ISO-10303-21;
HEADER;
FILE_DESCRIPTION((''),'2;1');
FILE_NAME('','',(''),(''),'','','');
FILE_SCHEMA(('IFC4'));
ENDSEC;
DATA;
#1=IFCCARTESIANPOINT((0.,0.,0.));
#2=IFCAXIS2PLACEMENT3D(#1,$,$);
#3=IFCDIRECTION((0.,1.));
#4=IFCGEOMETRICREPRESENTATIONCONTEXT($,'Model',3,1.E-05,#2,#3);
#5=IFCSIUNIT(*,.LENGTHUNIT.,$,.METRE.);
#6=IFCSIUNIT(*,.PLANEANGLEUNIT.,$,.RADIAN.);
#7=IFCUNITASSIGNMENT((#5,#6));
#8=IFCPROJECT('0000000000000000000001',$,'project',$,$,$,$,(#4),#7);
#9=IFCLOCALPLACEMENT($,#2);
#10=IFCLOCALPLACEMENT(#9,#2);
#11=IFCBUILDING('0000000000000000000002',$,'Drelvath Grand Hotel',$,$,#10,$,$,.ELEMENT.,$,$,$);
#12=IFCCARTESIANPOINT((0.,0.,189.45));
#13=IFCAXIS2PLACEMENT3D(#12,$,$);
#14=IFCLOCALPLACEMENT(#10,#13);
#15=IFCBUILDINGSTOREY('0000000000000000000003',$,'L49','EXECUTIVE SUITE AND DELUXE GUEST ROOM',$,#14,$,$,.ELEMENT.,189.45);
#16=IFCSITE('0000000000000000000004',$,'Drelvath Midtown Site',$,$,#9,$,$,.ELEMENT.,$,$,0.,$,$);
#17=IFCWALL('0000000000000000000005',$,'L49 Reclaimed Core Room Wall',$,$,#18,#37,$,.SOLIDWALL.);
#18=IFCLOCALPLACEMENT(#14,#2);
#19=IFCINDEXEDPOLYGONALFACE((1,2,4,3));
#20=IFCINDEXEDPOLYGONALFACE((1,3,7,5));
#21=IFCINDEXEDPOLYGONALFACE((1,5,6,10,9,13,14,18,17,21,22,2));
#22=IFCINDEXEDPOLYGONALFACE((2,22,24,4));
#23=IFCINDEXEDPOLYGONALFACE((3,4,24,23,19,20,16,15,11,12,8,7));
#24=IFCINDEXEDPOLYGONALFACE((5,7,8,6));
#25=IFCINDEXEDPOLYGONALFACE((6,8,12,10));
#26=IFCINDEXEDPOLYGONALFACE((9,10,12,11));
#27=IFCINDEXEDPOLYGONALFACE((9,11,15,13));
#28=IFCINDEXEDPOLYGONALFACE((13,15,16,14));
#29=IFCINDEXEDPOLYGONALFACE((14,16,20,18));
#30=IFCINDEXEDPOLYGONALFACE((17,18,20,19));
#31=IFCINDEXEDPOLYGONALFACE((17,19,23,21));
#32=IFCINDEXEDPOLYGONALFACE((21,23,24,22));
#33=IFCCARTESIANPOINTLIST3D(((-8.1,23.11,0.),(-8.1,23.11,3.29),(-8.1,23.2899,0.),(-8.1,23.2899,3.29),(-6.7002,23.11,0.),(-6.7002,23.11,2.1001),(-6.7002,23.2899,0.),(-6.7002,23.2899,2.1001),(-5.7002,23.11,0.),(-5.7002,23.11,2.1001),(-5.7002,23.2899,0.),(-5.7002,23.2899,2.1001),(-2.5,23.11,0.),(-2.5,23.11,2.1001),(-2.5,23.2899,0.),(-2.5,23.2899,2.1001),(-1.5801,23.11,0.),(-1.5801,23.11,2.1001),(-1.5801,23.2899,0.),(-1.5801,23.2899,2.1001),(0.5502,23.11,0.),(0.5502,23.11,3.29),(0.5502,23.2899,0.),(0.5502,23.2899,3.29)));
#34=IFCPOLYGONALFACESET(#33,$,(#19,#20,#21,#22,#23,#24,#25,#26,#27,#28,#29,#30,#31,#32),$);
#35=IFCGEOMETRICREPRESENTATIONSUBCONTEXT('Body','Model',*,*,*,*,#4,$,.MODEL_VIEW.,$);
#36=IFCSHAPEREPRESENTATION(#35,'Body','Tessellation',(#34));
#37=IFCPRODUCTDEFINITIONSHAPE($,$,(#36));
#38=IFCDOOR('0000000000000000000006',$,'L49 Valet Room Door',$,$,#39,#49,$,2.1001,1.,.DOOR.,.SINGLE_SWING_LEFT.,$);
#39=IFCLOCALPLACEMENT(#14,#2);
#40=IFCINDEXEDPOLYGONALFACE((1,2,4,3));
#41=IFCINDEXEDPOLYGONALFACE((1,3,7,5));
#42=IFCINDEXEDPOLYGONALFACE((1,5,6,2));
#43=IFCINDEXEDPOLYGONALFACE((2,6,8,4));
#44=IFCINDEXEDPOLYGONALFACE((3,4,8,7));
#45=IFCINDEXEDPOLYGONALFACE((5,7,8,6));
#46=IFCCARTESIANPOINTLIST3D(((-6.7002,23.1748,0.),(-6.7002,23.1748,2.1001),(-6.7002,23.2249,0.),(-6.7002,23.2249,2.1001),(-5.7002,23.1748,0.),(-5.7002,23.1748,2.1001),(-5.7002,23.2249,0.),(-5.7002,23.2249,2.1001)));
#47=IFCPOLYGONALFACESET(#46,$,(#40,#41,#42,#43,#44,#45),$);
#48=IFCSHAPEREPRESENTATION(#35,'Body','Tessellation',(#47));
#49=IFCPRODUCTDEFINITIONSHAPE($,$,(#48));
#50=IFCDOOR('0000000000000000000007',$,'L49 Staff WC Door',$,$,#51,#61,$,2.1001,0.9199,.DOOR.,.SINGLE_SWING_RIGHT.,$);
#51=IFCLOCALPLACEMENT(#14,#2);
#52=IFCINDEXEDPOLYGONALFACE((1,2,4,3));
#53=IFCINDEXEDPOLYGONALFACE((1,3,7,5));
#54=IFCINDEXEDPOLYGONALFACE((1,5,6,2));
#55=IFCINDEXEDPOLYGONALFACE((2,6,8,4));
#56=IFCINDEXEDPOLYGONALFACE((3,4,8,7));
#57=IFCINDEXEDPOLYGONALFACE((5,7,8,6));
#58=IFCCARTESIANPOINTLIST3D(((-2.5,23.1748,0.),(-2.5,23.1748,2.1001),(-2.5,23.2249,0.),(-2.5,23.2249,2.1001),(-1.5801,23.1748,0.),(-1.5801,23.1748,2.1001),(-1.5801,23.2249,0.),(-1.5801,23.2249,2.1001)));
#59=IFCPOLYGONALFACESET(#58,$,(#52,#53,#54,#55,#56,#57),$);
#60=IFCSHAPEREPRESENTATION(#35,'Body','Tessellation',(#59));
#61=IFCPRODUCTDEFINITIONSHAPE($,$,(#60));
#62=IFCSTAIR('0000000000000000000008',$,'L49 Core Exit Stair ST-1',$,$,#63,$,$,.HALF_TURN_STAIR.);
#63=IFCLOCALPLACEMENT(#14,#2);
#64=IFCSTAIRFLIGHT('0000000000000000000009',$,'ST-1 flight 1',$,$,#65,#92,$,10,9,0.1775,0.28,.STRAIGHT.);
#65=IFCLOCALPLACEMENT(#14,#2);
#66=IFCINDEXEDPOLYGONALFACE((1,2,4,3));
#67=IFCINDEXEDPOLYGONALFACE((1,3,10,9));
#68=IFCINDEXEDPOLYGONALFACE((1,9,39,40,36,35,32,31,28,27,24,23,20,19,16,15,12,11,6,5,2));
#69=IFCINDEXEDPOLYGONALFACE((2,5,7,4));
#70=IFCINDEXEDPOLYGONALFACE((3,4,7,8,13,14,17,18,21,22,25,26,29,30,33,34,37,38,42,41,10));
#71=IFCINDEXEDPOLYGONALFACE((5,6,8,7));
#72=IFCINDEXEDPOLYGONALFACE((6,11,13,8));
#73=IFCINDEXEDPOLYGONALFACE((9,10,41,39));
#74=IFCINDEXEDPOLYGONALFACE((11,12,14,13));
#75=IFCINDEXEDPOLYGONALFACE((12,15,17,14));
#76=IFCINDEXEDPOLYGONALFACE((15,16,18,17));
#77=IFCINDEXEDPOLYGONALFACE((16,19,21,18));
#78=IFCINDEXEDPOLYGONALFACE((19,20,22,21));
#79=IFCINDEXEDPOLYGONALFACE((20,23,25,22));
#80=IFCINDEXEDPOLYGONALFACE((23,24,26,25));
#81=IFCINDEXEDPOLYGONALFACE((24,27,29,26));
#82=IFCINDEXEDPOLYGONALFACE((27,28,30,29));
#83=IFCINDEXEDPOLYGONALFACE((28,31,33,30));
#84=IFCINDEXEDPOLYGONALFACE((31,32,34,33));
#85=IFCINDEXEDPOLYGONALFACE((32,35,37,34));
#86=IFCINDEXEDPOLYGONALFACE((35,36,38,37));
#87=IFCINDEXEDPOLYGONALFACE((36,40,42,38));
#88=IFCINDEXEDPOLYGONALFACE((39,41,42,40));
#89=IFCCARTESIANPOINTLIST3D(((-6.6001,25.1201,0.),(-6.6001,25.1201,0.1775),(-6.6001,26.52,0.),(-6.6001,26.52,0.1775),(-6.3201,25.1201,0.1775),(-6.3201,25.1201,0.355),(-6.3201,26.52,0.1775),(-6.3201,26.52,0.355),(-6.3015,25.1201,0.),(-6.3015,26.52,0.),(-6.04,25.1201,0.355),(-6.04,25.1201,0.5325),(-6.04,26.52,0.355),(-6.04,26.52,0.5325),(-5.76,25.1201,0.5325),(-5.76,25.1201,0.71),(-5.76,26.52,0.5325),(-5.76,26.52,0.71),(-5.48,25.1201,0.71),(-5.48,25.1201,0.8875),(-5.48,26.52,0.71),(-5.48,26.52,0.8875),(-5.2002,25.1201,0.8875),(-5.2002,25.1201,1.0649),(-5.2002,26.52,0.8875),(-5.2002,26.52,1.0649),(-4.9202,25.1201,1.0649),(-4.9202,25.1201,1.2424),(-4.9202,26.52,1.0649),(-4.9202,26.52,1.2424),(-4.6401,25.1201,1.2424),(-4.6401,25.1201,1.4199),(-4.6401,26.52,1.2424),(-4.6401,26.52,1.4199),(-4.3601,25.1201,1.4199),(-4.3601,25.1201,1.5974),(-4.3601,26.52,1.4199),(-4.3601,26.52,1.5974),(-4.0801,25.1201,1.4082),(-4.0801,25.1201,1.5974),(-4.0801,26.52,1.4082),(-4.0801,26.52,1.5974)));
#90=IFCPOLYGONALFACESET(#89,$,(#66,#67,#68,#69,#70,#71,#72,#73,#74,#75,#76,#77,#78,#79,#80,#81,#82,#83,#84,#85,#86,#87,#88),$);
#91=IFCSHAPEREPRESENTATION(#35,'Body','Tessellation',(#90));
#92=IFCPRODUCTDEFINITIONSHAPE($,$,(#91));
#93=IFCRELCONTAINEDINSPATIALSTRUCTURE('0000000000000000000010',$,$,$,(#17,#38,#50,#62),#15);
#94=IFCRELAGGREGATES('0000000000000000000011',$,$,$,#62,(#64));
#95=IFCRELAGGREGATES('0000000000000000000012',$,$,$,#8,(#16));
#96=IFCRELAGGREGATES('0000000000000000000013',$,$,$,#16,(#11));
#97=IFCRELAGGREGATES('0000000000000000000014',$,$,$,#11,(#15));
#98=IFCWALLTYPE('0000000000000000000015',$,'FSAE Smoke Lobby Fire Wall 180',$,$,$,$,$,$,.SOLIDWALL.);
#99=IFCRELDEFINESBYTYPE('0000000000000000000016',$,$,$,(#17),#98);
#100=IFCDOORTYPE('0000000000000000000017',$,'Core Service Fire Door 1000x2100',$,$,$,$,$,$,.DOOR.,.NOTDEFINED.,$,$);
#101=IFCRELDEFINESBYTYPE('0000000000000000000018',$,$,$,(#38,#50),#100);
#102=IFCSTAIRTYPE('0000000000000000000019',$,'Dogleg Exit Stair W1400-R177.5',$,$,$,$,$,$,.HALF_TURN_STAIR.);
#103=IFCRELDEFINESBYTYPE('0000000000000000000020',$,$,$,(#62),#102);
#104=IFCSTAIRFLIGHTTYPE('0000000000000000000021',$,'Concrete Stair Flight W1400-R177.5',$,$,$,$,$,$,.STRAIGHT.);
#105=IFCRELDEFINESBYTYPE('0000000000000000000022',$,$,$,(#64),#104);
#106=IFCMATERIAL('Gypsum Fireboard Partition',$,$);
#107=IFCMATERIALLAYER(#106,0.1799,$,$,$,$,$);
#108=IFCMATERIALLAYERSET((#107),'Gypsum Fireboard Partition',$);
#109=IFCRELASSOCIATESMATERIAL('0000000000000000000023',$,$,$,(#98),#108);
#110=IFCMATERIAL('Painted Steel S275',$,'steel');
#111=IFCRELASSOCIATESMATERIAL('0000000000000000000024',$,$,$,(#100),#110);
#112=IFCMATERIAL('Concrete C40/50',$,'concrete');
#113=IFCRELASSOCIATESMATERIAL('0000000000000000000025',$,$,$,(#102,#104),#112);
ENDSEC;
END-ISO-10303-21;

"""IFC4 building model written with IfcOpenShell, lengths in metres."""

from ifc_helpers import new_model, si_unit, direction, frame, frame_2d, origin, place, context, subcontext, project, spatial, polyline, rectangle, outline, extrude, material, layer, layer_set, type_object, element, fill, aggregate, save


model = new_model("IFC4")

# Units and contexts
model_context = context("Model", 3, precision=1e-05, world=origin(), true_north=direction((0.0, 1.0)))
body_context = subcontext(model_context, "Body", "Model", "MODEL_VIEW")
ifc_project = project(units=[si_unit("LENGTHUNIT", "METRE"), si_unit("PLANEANGLEUNIT", "RADIAN")], contexts=[model_context])

# Site, building, storey
site_placement = place(None, origin())
site = spatial("IfcSite", under=ifc_project, at=site_placement, Name="Drelvath Midtown Site", CompositionType="ELEMENT", RefElevation=0.0)
building_placement = place(site_placement, origin())
building = spatial("IfcBuilding", under=site, at=building_placement, Name="Drelvath Grand Hotel", CompositionType="ELEMENT")
storey_placement = place(building_placement, frame((0.0, 0.0, 189.45)))
storey = spatial("IfcBuildingStorey", under=building, at=storey_placement, Name="L49", Description="EXECUTIVE SUITE AND DELUXE GUEST ROOM", CompositionType="ELEMENT", Elevation=189.45)

# Shared definitions
ifc_material_1 = material(Name="Concrete C40/50", Category="concrete")
ifc_material_2 = material(Name="Painted Steel S275", Category="steel")

# Wall, openings, doors
ifc_material_3 = material(Name="Gypsum Fireboard Partition")
ifc_layer_1 = layer(ifc_material_3, 0.1799)
ifc_layer_set_1 = layer_set([ifc_layer_1], Name="Gypsum Fireboard Partition")
wall_type_1 = type_object("IfcWallType", Name="FSAE Smoke Lobby Fire Wall 180", PredefinedType="SOLIDWALL", material=ifc_layer_set_1)
wall_1_placement = place(storey_placement, frame((-8.1001, 23.2, 0.0), z_axis=(0.0, 0.0, 1.0), x_axis=(1.0, 0.0, 0.0)))
wall_1 = element("IfcWall", 1, at=wall_1_placement, inside=storey, type_object=wall_type_1, Name="L49 Reclaimed Core Room Wall", PredefinedType="SOLIDWALL", context=body_context, shape_type="SweptSolid", body=[
    extrude(rectangle(XDim=8.6501, YDim=0.1799, at=frame_2d((4.3252, 0.0))), origin(), (0.0, 0.0, 1.0), 3.29),
])
opening_1_placement = place(wall_1_placement, frame((1.3999, 0.0, 0.0)))
opening_1 = element("IfcOpeningElement", 2, at=opening_1_placement, cuts=wall_1, PredefinedType="OPENING", context=body_context, shape_type="SweptSolid", body=[
    extrude(rectangle(XDim=1.0, YDim=2.1001, at=frame_2d((0.5, 1.05))), frame((0.0, 0.0999, 0.0), z_axis=(0.0, -1.0, 0.0), x_axis=(1.0, 0.0, 0.0)), (0.0, 0.0, 1.0), 0.2),
])
opening_2_placement = place(wall_1_placement, frame((5.6001, 0.0, 0.0)))
opening_2 = element("IfcOpeningElement", 3, at=opening_2_placement, cuts=wall_1, PredefinedType="OPENING", context=body_context, shape_type="SweptSolid", body=[
    extrude(rectangle(XDim=0.9199, YDim=2.1001, at=frame_2d((0.46, 1.05))), frame((0.0, 0.0999, 0.0), z_axis=(0.0, -1.0, 0.0), x_axis=(1.0, 0.0, 0.0)), (0.0, 0.0, 1.0), 0.2),
])
door_type_1 = type_object("IfcDoorType", Name="Core Service Fire Door 1000x2100", OperationType="NOTDEFINED", PredefinedType="DOOR", material=ifc_material_2)
door_1_placement = place(opening_1_placement, origin())
door_1 = element("IfcDoor", 4, at=door_1_placement, inside=storey, type_object=door_type_1, Name="L49 Valet Room Door", OperationType="SINGLE_SWING_LEFT", OverallHeight=2.1001, OverallWidth=1.0, PredefinedType="DOOR", context=body_context, shape_type="SweptSolid", body=[
    extrude(rectangle(XDim=1.0, YDim=2.1001, at=frame_2d((0.5, 1.05))), frame((0.0, 0.0249, 0.0), z_axis=(0.0, -1.0, 0.0), x_axis=(1.0, 0.0, 0.0)), (0.0, 0.0, 1.0), 0.05),
])
fill(opening_1, door_1)
door_2_placement = place(opening_2_placement, origin())
door_2 = element("IfcDoor", 5, at=door_2_placement, inside=storey, type_object=door_type_1, Name="L49 Staff WC Door", OperationType="SINGLE_SWING_RIGHT", OverallHeight=2.1001, OverallWidth=0.9199, PredefinedType="DOOR", context=body_context, shape_type="SweptSolid", body=[
    extrude(rectangle(XDim=0.9199, YDim=2.1001, at=frame_2d((0.46, 1.05))), frame((0.0, 0.0249, 0.0), z_axis=(0.0, -1.0, 0.0), x_axis=(1.0, 0.0, 0.0)), (0.0, 0.0, 1.0), 0.05),
])
fill(opening_2, door_2)

# Stair, stair flight
stair_type = type_object("IfcStairType", Name="Dogleg Exit Stair W1400-R177.5", PredefinedType="HALF_TURN_STAIR", material=ifc_material_1)
stair_placement = place(storey_placement, origin())
stair = element("IfcStair", 6, at=stair_placement, inside=storey, type_object=stair_type, Name="L49 Core Exit Stair ST-1", PredefinedType="HALF_TURN_STAIR")
stair_flight_type = type_object("IfcStairFlightType", Name="Concrete Stair Flight W1400-R177.5", PredefinedType="STRAIGHT", material=ifc_material_1)
stair_flight_placement = place(storey_placement, frame((-6.6001, 25.8201, 0.0), z_axis=(0.0, 0.0, 1.0), x_axis=(1.0, 0.0, 0.0)))
stair_flight = element("IfcStairFlight", 7, at=stair_flight_placement, type_object=stair_flight_type, Name="ST-1 flight 1", NumberOfRisers=10, NumberOfTreads=9, PredefinedType="STRAIGHT", RiserHeight=0.1775, TreadLength=0.28, context=body_context, shape_type="SweptSolid", body=[
    extrude(outline(polyline([(0.0, 0.0), (0.0, 0.1775), (0.28, 0.1775), (0.28, 0.355), (0.5601, 0.355), (0.5601, 0.5325), (0.8401, 0.5325), (0.8401, 0.71), (1.1201, 0.71), (1.1201, 0.8875), (1.3999, 0.8875), (1.3999, 1.0649), (1.6799, 1.0649), (1.6799, 1.2424), (1.96, 1.2424), (1.96, 1.4199), (2.24, 1.4199), (2.24, 1.5974), (2.52, 1.5974), (2.52, 1.7749), (2.52, 1.4082), (0.2986, 0.0), (0.0, 0.0)])), frame((0.0, 0.7, 0.0), z_axis=(0.0, -1.0, 0.0), x_axis=(1.0, 0.0, 0.0)), (0.0, 0.0, 1.0), 1.3999),
])
aggregate(stair, [stair_flight])

save(model, "model.ifc")
